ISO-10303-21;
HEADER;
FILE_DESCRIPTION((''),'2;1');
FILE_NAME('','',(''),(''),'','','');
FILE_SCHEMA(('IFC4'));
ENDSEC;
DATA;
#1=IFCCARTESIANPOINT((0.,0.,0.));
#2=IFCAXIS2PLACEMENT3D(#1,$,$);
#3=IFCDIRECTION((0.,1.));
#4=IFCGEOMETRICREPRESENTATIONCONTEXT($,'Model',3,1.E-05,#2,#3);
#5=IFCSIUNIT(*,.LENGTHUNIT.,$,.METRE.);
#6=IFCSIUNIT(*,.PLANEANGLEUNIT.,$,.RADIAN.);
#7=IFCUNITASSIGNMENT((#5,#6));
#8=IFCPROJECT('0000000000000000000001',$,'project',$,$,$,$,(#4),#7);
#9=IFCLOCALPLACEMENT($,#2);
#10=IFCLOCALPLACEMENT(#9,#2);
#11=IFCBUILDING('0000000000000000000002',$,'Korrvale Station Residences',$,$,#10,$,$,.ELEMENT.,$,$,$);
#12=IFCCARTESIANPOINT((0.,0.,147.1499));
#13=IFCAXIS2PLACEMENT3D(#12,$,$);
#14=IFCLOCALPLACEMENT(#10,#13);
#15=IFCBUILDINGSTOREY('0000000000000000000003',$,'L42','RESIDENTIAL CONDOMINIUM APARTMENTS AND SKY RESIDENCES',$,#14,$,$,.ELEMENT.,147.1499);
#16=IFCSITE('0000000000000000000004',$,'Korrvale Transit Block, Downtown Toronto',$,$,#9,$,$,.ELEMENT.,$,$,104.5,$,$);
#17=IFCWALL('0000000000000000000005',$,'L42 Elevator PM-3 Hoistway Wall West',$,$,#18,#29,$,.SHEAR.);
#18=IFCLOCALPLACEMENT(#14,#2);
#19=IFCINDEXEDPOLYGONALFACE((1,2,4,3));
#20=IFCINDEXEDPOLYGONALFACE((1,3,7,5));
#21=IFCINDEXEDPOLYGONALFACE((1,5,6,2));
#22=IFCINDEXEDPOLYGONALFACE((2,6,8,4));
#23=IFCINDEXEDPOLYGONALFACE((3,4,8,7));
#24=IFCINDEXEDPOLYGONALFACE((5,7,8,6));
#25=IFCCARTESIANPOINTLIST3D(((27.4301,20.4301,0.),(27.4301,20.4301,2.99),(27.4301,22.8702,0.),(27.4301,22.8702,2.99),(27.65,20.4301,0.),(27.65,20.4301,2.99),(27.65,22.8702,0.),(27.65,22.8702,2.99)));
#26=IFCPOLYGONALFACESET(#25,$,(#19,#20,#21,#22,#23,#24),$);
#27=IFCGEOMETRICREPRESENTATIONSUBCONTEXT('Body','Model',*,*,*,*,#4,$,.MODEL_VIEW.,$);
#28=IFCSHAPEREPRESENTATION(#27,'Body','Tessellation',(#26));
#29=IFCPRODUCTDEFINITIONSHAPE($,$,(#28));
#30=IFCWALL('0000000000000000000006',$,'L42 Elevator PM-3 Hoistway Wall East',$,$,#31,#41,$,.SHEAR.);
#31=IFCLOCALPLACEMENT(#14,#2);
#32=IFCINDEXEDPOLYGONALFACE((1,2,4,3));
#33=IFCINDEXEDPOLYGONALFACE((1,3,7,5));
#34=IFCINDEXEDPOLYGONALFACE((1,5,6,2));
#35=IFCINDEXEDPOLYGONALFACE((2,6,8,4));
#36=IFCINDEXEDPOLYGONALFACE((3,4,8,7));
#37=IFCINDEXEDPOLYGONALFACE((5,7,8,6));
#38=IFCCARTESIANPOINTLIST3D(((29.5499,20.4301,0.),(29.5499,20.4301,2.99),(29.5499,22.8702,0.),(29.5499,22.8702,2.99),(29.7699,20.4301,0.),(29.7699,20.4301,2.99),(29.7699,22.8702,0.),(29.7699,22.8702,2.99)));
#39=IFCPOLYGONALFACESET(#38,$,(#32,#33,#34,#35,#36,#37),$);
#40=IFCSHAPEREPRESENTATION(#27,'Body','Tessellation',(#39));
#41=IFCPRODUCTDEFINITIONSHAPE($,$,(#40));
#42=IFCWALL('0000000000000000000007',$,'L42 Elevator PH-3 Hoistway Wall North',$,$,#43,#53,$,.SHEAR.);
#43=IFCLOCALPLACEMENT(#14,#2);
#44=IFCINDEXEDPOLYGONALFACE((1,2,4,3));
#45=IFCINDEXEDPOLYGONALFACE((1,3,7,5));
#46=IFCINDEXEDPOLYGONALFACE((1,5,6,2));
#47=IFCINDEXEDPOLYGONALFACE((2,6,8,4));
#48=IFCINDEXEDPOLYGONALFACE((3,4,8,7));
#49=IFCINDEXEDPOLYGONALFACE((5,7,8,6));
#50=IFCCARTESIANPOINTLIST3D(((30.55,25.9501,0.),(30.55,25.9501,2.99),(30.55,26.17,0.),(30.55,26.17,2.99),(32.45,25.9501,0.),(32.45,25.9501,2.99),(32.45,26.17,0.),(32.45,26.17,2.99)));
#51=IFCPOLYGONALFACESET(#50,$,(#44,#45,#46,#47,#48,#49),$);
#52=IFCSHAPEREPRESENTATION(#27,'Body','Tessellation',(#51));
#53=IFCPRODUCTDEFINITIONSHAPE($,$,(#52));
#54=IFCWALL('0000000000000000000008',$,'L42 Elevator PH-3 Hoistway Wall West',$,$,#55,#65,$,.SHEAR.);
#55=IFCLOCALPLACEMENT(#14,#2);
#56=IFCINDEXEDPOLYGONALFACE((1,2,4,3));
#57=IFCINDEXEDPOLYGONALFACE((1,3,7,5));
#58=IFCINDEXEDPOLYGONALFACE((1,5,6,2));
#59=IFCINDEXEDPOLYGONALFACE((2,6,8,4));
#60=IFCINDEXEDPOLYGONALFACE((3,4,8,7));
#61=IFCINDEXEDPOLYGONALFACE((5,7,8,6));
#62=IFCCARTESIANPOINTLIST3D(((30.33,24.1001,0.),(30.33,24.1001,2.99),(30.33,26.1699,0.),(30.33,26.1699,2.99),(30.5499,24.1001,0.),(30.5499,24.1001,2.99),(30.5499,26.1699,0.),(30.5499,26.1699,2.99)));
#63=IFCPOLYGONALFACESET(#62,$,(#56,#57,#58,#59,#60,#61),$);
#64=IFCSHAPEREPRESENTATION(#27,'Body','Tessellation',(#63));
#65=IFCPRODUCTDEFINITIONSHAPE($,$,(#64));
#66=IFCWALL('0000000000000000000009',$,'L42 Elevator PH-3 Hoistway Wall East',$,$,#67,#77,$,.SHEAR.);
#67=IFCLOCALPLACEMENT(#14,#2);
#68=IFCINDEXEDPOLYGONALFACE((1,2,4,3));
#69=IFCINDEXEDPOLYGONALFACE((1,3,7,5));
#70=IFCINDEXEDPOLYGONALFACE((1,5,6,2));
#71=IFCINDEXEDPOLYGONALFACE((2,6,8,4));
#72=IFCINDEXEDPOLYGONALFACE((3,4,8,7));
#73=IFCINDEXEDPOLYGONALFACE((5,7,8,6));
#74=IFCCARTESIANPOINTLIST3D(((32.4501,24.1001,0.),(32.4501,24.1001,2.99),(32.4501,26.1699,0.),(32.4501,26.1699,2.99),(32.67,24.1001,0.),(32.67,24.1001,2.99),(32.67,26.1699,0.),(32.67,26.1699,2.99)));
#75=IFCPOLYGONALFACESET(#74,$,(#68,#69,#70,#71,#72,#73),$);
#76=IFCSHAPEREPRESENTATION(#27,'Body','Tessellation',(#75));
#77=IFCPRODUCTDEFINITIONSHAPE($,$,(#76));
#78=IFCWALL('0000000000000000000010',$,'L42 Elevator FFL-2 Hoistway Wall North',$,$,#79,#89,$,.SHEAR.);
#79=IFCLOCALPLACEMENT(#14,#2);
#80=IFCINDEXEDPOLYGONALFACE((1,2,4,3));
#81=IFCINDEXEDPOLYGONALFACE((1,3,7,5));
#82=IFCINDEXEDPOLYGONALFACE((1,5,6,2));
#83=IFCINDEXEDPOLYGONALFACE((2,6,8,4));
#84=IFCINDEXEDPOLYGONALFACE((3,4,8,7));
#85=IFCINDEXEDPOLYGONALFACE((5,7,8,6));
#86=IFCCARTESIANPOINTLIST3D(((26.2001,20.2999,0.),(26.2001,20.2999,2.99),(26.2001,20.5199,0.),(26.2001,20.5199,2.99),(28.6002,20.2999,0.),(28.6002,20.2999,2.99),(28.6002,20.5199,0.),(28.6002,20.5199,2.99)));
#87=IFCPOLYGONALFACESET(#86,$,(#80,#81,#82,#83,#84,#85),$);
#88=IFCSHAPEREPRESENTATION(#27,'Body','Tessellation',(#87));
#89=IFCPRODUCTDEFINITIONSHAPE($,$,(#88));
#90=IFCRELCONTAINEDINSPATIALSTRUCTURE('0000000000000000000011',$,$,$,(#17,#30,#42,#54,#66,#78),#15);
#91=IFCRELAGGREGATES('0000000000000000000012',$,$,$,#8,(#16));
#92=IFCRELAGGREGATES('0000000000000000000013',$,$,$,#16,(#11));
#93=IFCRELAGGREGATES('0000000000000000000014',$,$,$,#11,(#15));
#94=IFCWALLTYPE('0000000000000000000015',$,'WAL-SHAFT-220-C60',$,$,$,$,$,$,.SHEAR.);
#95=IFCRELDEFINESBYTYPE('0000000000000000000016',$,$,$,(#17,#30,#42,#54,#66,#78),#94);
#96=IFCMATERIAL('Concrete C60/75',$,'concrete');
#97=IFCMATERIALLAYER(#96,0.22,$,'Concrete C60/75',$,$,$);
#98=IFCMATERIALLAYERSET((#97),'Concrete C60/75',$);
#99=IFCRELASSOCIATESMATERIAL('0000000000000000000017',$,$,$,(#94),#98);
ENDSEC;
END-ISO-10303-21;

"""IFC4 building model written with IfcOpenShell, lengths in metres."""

from ifc_helpers import new_model, si_unit, direction, frame, frame_2d, origin, place, context, subcontext, project, spatial, rectangle, extrude, material, layer, layer_set, type_object, element, save


model = new_model("IFC4")

# Units and contexts
model_context = context("Model", 3, precision=1e-05, world=origin(), true_north=direction((0.0, 1.0)))
body_context = subcontext(model_context, "Body", "Model", "MODEL_VIEW")
ifc_project = project(units=[si_unit("LENGTHUNIT", "METRE"), si_unit("PLANEANGLEUNIT", "RADIAN")], contexts=[model_context])

# Site, building, storey
site_placement = place(None, origin())
site = spatial("IfcSite", under=ifc_project, at=site_placement, Name="Korrvale Transit Block, Downtown Toronto", CompositionType="ELEMENT", RefElevation=104.5)
building_placement = place(site_placement, origin())
building = spatial("IfcBuilding", under=site, at=building_placement, Name="Korrvale Station Residences", CompositionType="ELEMENT")
storey_placement = place(building_placement, frame((0.0, 0.0, 147.1499)))
storey = spatial("IfcBuildingStorey", under=building, at=storey_placement, Name="L42", Description="RESIDENTIAL CONDOMINIUM APARTMENTS AND SKY RESIDENCES", CompositionType="ELEMENT", Elevation=147.1499)

# Shared definitions
ifc_material_1 = material(Name="Concrete C60/75", Category="concrete")

# Shared definitions
ifc_layer_1 = layer(ifc_material_1, 0.22, Name="Concrete C60/75")
ifc_layer_set_1 = layer_set([ifc_layer_1], Name="Concrete C60/75")
wall_type_1 = type_object("IfcWallType", Name="WAL-SHAFT-220-C60", PredefinedType="SHEAR", material=ifc_layer_set_1)

# Walls
for number, where, z_axis, x_axis, name in (
    (1, (27.54, 20.4299, 0.0), (0.0, 0.0, 1.0), (0.0, 1.0, 0.0), "L42 Elevator PM-3 Hoistway Wall West"),
    (2, (29.6599, 20.4299, 0.0), (0.0, 0.0, 1.0), (0.0, 1.0, 0.0), "L42 Elevator PM-3 Hoistway Wall East"),
):
    element("IfcWall", number, at=place(storey_placement, frame(where, z_axis=z_axis, x_axis=x_axis)), inside=storey, type_object=wall_type_1, Name=name, PredefinedType="SHEAR", context=body_context, shape_type="SweptSolid", body=[
        extrude(rectangle(XDim=2.4402, YDim=0.22, at=frame_2d((1.2202, 0.0))), origin(), (0.0, 0.0, 1.0), 2.99),
    ])
wall_1_placement = place(storey_placement, frame((30.55, 26.0601, 0.0), z_axis=(0.0, 0.0, 1.0), x_axis=(1.0, 0.0, 0.0)))
element("IfcWall", 3, at=wall_1_placement, inside=storey, type_object=wall_type_1, Name="L42 Elevator PH-3 Hoistway Wall North", PredefinedType="SHEAR", context=body_context, shape_type="SweptSolid", body=[
    extrude(rectangle(XDim=1.8999, YDim=0.22, at=frame_2d((0.95, 0.0))), origin(), (0.0, 0.0, 1.0), 2.99),
])
for number, where, z_axis, x_axis, name in (
    (4, (30.4399, 24.1001, 0.0), (0.0, 0.0, 1.0), (0.0, 1.0, 0.0), "L42 Elevator PH-3 Hoistway Wall West"),
    (5, (32.5601, 24.1001, 0.0), (0.0, 0.0, 1.0), (0.0, 1.0, 0.0), "L42 Elevator PH-3 Hoistway Wall East"),
):
    element("IfcWall", number, at=place(storey_placement, frame(where, z_axis=z_axis, x_axis=x_axis)), inside=storey, type_object=wall_type_1, Name=name, PredefinedType="SHEAR", context=body_context, shape_type="SweptSolid", body=[
        extrude(rectangle(XDim=2.0698, YDim=0.22, at=frame_2d((1.0349, 0.0))), origin(), (0.0, 0.0, 1.0), 2.99),
    ])
wall_2_placement = place(storey_placement, frame((26.2, 20.4099, 0.0), z_axis=(0.0, 0.0, 1.0), x_axis=(1.0, 0.0, 0.0)))
element("IfcWall", 6, at=wall_2_placement, inside=storey, type_object=wall_type_1, Name="L42 Elevator FFL-2 Hoistway Wall North", PredefinedType="SHEAR", context=body_context, shape_type="SweptSolid", body=[
    extrude(rectangle(XDim=2.4001, YDim=0.22, at=frame_2d((1.2002, 0.0))), origin(), (0.0, 0.0, 1.0), 2.99),
])

save(model, "model.ifc")
